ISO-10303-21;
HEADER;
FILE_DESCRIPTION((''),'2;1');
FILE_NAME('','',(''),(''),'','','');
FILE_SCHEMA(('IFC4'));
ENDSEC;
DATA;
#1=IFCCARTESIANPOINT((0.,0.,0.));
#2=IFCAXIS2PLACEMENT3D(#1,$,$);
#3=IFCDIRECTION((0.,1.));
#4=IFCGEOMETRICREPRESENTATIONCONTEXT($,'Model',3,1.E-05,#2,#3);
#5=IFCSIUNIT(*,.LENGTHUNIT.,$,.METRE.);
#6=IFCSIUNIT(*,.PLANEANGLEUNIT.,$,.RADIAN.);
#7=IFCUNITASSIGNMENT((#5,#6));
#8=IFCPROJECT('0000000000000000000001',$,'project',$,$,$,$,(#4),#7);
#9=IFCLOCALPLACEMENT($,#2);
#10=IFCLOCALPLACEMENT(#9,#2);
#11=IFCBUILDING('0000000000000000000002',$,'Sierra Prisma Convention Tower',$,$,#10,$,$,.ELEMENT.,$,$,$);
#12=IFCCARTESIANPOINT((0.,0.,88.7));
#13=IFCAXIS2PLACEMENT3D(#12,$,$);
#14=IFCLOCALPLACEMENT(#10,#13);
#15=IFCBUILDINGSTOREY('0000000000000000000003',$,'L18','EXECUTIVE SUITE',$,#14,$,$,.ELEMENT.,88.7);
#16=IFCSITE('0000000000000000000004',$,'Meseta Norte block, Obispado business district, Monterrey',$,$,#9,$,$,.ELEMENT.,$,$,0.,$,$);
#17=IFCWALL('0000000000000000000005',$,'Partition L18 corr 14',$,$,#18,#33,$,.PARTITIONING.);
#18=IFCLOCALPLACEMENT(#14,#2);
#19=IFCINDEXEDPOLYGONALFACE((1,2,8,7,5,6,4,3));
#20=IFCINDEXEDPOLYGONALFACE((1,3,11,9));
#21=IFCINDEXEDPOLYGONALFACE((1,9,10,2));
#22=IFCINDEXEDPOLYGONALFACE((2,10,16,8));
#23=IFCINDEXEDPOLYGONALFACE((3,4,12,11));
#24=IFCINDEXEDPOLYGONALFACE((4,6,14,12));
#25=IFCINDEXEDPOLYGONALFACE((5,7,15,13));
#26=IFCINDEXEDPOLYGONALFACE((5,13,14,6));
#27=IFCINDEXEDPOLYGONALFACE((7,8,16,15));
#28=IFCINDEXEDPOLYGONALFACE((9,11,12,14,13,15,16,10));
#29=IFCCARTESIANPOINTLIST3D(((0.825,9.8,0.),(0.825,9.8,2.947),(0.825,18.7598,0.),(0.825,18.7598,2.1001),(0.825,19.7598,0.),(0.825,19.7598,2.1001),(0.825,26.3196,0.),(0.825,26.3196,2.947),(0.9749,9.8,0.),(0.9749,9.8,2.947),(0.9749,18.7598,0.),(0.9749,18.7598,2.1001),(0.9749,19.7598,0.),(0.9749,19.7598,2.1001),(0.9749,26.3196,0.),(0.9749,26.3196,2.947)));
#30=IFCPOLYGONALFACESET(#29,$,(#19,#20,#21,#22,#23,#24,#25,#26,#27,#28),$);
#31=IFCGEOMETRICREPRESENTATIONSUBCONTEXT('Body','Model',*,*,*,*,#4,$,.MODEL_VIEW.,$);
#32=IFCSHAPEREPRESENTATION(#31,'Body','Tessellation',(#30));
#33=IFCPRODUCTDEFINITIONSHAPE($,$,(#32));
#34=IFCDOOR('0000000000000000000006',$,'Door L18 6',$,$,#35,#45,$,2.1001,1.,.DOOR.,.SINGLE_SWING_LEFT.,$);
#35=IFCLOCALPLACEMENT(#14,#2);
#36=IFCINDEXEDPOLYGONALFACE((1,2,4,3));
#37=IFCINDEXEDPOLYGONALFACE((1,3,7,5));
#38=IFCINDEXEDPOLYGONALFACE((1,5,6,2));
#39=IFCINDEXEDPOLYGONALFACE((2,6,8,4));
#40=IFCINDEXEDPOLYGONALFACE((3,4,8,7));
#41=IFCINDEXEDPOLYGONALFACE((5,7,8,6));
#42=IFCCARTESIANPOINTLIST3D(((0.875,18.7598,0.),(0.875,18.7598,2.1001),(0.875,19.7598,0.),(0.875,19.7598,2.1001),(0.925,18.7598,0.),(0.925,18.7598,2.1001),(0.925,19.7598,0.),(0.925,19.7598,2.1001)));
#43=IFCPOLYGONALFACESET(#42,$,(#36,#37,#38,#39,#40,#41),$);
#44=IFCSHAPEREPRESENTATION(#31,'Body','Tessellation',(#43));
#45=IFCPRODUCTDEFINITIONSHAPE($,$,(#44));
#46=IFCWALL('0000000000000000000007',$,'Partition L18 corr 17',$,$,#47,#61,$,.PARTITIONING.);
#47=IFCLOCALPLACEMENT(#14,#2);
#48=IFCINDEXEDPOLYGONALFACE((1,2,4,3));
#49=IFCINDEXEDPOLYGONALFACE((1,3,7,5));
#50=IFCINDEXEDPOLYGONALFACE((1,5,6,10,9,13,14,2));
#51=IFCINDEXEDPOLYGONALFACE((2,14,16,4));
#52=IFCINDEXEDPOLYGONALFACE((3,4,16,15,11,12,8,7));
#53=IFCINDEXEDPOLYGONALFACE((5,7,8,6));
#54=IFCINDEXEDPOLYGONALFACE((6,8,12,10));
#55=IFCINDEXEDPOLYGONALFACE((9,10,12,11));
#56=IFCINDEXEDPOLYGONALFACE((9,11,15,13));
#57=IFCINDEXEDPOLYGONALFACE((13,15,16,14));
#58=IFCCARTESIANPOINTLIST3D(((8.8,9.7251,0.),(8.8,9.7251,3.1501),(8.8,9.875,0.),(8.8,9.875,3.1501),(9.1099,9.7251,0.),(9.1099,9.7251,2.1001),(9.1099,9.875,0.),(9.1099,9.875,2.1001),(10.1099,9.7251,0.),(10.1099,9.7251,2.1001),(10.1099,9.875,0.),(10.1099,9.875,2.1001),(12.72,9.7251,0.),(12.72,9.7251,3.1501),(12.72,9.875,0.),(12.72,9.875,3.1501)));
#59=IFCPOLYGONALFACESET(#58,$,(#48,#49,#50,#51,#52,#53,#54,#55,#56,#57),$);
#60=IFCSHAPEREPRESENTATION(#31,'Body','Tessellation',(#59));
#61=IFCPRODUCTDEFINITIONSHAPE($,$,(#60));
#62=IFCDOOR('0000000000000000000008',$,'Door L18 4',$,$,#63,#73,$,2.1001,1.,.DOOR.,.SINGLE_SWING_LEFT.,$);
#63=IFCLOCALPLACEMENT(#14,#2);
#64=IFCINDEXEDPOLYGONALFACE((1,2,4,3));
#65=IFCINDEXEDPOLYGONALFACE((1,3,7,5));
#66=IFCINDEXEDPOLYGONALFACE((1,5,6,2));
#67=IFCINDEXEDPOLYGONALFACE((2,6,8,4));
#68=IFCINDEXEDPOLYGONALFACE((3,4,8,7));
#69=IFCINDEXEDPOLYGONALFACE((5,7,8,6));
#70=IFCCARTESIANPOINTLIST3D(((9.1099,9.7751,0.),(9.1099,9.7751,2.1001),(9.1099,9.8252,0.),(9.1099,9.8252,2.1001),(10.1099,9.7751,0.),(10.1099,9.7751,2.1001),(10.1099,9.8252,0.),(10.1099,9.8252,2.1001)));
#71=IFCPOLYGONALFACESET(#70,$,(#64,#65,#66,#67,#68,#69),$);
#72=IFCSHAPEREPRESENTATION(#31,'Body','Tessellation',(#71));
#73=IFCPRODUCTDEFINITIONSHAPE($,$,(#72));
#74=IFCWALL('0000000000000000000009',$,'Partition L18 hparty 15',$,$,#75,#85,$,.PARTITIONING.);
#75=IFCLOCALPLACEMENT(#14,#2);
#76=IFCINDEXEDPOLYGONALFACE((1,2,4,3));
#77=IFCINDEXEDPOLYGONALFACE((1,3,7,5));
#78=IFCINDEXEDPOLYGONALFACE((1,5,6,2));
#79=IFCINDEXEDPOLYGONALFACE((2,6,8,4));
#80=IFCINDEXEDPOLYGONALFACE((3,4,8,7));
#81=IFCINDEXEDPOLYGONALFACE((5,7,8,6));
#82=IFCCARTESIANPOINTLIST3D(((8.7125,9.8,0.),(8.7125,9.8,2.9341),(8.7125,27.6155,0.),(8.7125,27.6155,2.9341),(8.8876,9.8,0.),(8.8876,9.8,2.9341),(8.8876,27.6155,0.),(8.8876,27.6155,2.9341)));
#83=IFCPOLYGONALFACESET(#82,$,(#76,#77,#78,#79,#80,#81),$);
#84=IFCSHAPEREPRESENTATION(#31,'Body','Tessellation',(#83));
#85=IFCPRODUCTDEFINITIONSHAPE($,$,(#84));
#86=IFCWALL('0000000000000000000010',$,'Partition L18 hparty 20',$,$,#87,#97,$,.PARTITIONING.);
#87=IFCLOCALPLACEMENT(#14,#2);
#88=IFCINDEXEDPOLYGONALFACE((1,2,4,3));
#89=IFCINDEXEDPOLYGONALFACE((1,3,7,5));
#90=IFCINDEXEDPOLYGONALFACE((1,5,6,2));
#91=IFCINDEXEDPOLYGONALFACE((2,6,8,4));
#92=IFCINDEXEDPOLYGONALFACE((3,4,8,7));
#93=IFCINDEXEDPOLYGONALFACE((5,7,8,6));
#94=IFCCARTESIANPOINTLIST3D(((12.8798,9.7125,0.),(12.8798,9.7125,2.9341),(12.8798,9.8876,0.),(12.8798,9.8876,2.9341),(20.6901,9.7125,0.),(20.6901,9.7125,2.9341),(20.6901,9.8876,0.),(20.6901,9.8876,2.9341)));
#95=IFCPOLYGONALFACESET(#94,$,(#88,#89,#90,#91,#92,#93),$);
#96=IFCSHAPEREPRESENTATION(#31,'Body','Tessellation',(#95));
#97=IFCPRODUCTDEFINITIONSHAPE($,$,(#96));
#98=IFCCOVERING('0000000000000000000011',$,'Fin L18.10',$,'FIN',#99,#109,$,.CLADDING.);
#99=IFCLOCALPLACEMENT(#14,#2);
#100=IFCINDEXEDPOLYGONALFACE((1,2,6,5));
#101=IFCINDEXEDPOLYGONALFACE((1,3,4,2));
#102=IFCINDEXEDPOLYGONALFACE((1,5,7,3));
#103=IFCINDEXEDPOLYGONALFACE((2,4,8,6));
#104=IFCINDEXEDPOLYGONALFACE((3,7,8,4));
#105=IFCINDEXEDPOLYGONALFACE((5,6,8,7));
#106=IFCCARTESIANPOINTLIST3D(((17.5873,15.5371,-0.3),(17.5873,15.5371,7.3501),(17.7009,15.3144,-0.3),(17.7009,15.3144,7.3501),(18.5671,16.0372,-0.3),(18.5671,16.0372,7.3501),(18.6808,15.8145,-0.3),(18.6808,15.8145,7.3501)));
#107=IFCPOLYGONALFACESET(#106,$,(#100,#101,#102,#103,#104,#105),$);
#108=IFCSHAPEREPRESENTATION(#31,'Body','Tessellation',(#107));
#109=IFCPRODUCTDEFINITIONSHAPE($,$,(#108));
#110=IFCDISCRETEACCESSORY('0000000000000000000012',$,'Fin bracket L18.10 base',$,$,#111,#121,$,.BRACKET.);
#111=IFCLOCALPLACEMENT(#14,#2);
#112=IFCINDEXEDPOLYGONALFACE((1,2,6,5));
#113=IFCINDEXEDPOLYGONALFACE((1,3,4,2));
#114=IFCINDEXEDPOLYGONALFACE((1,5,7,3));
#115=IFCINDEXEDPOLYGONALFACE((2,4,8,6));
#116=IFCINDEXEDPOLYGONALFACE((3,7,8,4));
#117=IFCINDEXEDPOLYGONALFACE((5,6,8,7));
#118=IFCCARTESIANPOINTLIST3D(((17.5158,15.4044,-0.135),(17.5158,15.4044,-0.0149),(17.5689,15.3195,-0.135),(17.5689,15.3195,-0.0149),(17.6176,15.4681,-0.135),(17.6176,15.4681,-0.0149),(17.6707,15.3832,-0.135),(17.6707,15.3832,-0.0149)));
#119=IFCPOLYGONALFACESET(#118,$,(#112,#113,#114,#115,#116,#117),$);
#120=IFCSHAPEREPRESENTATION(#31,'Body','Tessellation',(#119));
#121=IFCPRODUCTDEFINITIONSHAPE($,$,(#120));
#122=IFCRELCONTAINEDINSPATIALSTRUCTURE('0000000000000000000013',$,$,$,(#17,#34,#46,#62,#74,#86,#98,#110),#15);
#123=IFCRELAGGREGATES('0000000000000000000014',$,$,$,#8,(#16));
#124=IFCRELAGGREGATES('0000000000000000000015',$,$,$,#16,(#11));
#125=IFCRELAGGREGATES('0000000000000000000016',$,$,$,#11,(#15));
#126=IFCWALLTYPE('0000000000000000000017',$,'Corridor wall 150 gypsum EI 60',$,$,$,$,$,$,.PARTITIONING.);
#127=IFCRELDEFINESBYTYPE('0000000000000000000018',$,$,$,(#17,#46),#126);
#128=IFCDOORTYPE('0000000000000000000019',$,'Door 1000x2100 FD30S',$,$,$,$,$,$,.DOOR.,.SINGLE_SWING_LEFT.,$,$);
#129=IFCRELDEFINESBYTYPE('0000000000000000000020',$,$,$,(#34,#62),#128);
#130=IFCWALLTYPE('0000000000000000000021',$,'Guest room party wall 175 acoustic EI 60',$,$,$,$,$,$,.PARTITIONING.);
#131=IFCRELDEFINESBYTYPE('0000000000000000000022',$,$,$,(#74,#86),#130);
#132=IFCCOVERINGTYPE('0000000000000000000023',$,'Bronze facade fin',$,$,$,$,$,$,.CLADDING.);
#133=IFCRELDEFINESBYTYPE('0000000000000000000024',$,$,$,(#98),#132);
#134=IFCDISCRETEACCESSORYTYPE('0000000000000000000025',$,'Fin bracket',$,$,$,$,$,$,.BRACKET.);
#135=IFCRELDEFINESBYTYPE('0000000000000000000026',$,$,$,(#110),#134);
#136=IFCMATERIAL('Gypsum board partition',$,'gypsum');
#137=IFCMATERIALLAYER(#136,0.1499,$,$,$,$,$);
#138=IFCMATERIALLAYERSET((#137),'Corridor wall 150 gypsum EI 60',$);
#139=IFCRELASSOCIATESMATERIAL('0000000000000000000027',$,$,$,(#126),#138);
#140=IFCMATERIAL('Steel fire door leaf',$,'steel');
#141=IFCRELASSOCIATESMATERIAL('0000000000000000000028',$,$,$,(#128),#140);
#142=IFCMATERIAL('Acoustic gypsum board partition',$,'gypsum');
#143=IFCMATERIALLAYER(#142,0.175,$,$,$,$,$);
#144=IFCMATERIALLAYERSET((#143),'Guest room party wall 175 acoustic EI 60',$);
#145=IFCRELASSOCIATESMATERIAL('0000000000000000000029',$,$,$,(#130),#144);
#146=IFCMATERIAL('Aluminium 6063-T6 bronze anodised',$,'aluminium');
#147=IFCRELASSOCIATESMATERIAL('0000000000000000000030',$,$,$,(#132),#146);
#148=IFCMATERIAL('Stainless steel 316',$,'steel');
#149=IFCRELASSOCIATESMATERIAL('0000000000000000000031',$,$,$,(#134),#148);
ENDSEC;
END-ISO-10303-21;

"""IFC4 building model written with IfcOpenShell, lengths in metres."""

from ifc_helpers import new_model, si_unit, direction, frame, frame_2d, origin, origin_2d, place, context, subcontext, project, spatial, rectangle, extrude, material, layer, layer_set, material_profile, profile_set, type_object, element, fill, save


model = new_model("IFC4")

# Units and contexts
model_context = context("Model", 3, precision=1e-05, world=origin(), true_north=direction((0.0, 1.0)))
body_context = subcontext(model_context, "Body", "Model", "MODEL_VIEW")
ifc_project = project(units=[si_unit("LENGTHUNIT", "METRE"), si_unit("PLANEANGLEUNIT", "RADIAN")], contexts=[model_context])

# Site, building, storey
site_placement = place(None, origin())
site = spatial("IfcSite", under=ifc_project, at=site_placement, Name="Meseta Norte block, Obispado business district, Monterrey", CompositionType="ELEMENT", RefElevation=0.0)
building_placement = place(site_placement, origin())
building = spatial("IfcBuilding", under=site, at=building_placement, Name="Sierra Prisma Convention Tower", CompositionType="ELEMENT")
storey_placement = place(building_placement, frame((0.0, 0.0, 88.7)))
storey = spatial("IfcBuildingStorey", under=building, at=storey_placement, Name="L18", Description="EXECUTIVE SUITE", CompositionType="ELEMENT", Elevation=88.7)

# Shared definitions
ifc_material_1 = material(Name="Gypsum board partition", Category="gypsum")
ifc_layer_1 = layer(ifc_material_1, 0.1499)
ifc_layer_set_1 = layer_set([ifc_layer_1], Name="Corridor wall 150 gypsum EI 60")
wall_type_1 = type_object("IfcWallType", Name="Corridor wall 150 gypsum EI 60", PredefinedType="PARTITIONING", material=ifc_layer_set_1)

# Walls, openings, doors
wall_1_placement = place(storey_placement, frame((0.8999, 9.8, 0.0), z_axis=(0.0, 0.0, 1.0), x_axis=(0.0, 1.0, 0.0)))
wall_1 = element("IfcWall", 1, at=wall_1_placement, inside=storey, type_object=wall_type_1, Name="Partition L18 corr 14", PredefinedType="PARTITIONING", context=body_context, shape_type="SweptSolid", body=[
    extrude(rectangle(XDim=16.5195, YDim=0.1499, at=frame_2d((8.2598, 0.0))), origin(), (0.0, 0.0, 1.0), 2.947),
])
opening_1_placement = place(wall_1_placement, frame((8.9597, 0.0, 0.0)))
opening_1 = element("IfcOpeningElement", 2, at=opening_1_placement, cuts=wall_1, PredefinedType="OPENING", context=body_context, shape_type="SweptSolid", body=[
    extrude(rectangle(XDim=1.0, YDim=2.1001, at=frame_2d((0.5, 1.05))), frame((0.0, 0.075, 0.0), z_axis=(0.0, -1.0, 0.0), x_axis=(1.0, 0.0, 0.0)), (0.0, 0.0, 1.0), 0.1499),
])
ifc_material_2 = material(Name="Steel fire door leaf", Category="steel")
door_type_1 = type_object("IfcDoorType", Name="Door 1000x2100 FD30S", OperationType="SINGLE_SWING_LEFT", PredefinedType="DOOR", material=ifc_material_2)
door_1_placement = place(opening_1_placement, origin())
door_1 = element("IfcDoor", 3, at=door_1_placement, inside=storey, type_object=door_type_1, Name="Door L18 6", OperationType="SINGLE_SWING_LEFT", OverallHeight=2.1001, OverallWidth=1.0, PredefinedType="DOOR", context=body_context, shape_type="SweptSolid", body=[
    extrude(rectangle(XDim=1.0, YDim=2.1001, at=frame_2d((0.5, 1.05))), frame((0.0, 0.0249, 0.0), z_axis=(0.0, -1.0, 0.0), x_axis=(1.0, 0.0, 0.0)), (0.0, 0.0, 1.0), 0.05),
])
fill(opening_1, door_1)
wall_2_placement = place(storey_placement, frame((12.72, 9.8, 0.0), z_axis=(0.0, 0.0, 1.0), x_axis=(-1.0, 0.0, 0.0)))
wall_2 = element("IfcWall", 4, at=wall_2_placement, inside=storey, type_object=wall_type_1, Name="Partition L18 corr 17", PredefinedType="PARTITIONING", context=body_context, shape_type="SweptSolid", body=[
    extrude(rectangle(XDim=3.9199, YDim=0.1499, at=frame_2d((1.96, 0.0))), origin(), (0.0, 0.0, 1.0), 3.1501),
])
opening_2_placement = place(wall_2_placement, frame((2.6101, 0.0, 0.0)))
opening_2 = element("IfcOpeningElement", 5, at=opening_2_placement, cuts=wall_2, PredefinedType="OPENING", context=body_context, shape_type="SweptSolid", body=[
    extrude(rectangle(XDim=1.0, YDim=2.1001, at=frame_2d((0.5, 1.05))), frame((0.0, 0.075, 0.0), z_axis=(0.0, -1.0, 0.0), x_axis=(1.0, 0.0, 0.0)), (0.0, 0.0, 1.0), 0.1499),
])
door_2_placement = place(opening_2_placement, origin())
door_2 = element("IfcDoor", 6, at=door_2_placement, inside=storey, type_object=door_type_1, Name="Door L18 4", OperationType="SINGLE_SWING_LEFT", OverallHeight=2.1001, OverallWidth=1.0, PredefinedType="DOOR", context=body_context, shape_type="SweptSolid", body=[
    extrude(rectangle(XDim=1.0, YDim=2.1001, at=frame_2d((0.5, 1.05))), frame((0.0, 0.0249, 0.0), z_axis=(0.0, -1.0, 0.0), x_axis=(1.0, 0.0, 0.0)), (0.0, 0.0, 1.0), 0.05),
])
fill(opening_2, door_2)

# Walls
ifc_material_3 = material(Name="Acoustic gypsum board partition", Category="gypsum")
ifc_layer_2 = layer(ifc_material_3, 0.175)
ifc_layer_set_2 = layer_set([ifc_layer_2], Name="Guest room party wall 175 acoustic EI 60")
wall_type_2 = type_object("IfcWallType", Name="Guest room party wall 175 acoustic EI 60", PredefinedType="PARTITIONING", material=ifc_layer_set_2)
wall_3_placement = place(storey_placement, frame((8.8, 9.8, 0.0), z_axis=(0.0, 0.0, 1.0), x_axis=(0.0, 1.0, 0.0)))
element("IfcWall", 7, at=wall_3_placement, inside=storey, type_object=wall_type_2, Name="Partition L18 hparty 15", PredefinedType="PARTITIONING", context=body_context, shape_type="SweptSolid", body=[
    extrude(rectangle(XDim=17.8154, YDim=0.175, at=frame_2d((8.9077, 0.0))), origin(), (0.0, 0.0, 1.0), 2.9341),
])
wall_4_placement = place(storey_placement, frame((20.6902, 9.8, 0.0), z_axis=(0.0, 0.0, 1.0), x_axis=(-1.0, 0.0, 0.0)))
element("IfcWall", 8, at=wall_4_placement, inside=storey, type_object=wall_type_2, Name="Partition L18 hparty 20", PredefinedType="PARTITIONING", context=body_context, shape_type="SweptSolid", body=[
    extrude(rectangle(XDim=7.8103, YDim=0.175, at=frame_2d((3.9053, 0.0))), origin(), (0.0, 0.0, 1.0), 2.9341),
])

# Covering
ifc_material_4 = material(Name="Aluminium 6063-T6 bronze anodised", Category="aluminium")
ifc_material_profile_1 = material_profile(ifc_material_4, rectangle(XDim=1.1001, YDim=0.25, at=origin_2d()), Name="ALU FIN 1100x250")
ifc_profile_set_1 = profile_set([ifc_material_profile_1], Name="Aluminium 6063-T6 bronze anodised")
covering_type = type_object("IfcCoveringType", Name="Bronze facade fin", PredefinedType="CLADDING", material=ifc_profile_set_1)
covering_placement = place(storey_placement, frame((18.134, 15.6758, -0.3), z_axis=(0.0, 0.0, 1.0), x_axis=(0.8907, 0.454592, 0.0)))
element("IfcCovering", 9, at=covering_placement, inside=storey, type_object=covering_type, Name="Fin L18.10", ObjectType="FIN", PredefinedType="CLADDING", context=body_context, shape_type="SweptSolid", body=[
    extrude(rectangle(XDim=1.1001, YDim=0.25, at=origin_2d()), origin(), (0.0, 0.0, 1.0), 7.6501),
])

# Discrete accessory
ifc_material_5 = material(Name="Stainless steel 316", Category="steel")
discrete_accessory_type = type_object("IfcDiscreteAccessoryType", Name="Fin bracket", PredefinedType="BRACKET", material=ifc_material_5)
discrete_accessory_placement = place(storey_placement, frame((17.5933, 15.3938, -0.135), z_axis=(0.0, 0.0, 1.0), x_axis=(0.84769, 0.530492, 0.0)))
element("IfcDiscreteAccessory", 10, at=discrete_accessory_placement, inside=storey, type_object=discrete_accessory_type, Name="Fin bracket L18.10 base", PredefinedType="BRACKET", context=body_context, shape_type="SweptSolid", body=[
    extrude(rectangle(XDim=0.1201, YDim=0.1001, at=origin_2d()), origin(), (0.0, 0.0, 1.0), 0.1201),
])

save(model, "model.ifc")
